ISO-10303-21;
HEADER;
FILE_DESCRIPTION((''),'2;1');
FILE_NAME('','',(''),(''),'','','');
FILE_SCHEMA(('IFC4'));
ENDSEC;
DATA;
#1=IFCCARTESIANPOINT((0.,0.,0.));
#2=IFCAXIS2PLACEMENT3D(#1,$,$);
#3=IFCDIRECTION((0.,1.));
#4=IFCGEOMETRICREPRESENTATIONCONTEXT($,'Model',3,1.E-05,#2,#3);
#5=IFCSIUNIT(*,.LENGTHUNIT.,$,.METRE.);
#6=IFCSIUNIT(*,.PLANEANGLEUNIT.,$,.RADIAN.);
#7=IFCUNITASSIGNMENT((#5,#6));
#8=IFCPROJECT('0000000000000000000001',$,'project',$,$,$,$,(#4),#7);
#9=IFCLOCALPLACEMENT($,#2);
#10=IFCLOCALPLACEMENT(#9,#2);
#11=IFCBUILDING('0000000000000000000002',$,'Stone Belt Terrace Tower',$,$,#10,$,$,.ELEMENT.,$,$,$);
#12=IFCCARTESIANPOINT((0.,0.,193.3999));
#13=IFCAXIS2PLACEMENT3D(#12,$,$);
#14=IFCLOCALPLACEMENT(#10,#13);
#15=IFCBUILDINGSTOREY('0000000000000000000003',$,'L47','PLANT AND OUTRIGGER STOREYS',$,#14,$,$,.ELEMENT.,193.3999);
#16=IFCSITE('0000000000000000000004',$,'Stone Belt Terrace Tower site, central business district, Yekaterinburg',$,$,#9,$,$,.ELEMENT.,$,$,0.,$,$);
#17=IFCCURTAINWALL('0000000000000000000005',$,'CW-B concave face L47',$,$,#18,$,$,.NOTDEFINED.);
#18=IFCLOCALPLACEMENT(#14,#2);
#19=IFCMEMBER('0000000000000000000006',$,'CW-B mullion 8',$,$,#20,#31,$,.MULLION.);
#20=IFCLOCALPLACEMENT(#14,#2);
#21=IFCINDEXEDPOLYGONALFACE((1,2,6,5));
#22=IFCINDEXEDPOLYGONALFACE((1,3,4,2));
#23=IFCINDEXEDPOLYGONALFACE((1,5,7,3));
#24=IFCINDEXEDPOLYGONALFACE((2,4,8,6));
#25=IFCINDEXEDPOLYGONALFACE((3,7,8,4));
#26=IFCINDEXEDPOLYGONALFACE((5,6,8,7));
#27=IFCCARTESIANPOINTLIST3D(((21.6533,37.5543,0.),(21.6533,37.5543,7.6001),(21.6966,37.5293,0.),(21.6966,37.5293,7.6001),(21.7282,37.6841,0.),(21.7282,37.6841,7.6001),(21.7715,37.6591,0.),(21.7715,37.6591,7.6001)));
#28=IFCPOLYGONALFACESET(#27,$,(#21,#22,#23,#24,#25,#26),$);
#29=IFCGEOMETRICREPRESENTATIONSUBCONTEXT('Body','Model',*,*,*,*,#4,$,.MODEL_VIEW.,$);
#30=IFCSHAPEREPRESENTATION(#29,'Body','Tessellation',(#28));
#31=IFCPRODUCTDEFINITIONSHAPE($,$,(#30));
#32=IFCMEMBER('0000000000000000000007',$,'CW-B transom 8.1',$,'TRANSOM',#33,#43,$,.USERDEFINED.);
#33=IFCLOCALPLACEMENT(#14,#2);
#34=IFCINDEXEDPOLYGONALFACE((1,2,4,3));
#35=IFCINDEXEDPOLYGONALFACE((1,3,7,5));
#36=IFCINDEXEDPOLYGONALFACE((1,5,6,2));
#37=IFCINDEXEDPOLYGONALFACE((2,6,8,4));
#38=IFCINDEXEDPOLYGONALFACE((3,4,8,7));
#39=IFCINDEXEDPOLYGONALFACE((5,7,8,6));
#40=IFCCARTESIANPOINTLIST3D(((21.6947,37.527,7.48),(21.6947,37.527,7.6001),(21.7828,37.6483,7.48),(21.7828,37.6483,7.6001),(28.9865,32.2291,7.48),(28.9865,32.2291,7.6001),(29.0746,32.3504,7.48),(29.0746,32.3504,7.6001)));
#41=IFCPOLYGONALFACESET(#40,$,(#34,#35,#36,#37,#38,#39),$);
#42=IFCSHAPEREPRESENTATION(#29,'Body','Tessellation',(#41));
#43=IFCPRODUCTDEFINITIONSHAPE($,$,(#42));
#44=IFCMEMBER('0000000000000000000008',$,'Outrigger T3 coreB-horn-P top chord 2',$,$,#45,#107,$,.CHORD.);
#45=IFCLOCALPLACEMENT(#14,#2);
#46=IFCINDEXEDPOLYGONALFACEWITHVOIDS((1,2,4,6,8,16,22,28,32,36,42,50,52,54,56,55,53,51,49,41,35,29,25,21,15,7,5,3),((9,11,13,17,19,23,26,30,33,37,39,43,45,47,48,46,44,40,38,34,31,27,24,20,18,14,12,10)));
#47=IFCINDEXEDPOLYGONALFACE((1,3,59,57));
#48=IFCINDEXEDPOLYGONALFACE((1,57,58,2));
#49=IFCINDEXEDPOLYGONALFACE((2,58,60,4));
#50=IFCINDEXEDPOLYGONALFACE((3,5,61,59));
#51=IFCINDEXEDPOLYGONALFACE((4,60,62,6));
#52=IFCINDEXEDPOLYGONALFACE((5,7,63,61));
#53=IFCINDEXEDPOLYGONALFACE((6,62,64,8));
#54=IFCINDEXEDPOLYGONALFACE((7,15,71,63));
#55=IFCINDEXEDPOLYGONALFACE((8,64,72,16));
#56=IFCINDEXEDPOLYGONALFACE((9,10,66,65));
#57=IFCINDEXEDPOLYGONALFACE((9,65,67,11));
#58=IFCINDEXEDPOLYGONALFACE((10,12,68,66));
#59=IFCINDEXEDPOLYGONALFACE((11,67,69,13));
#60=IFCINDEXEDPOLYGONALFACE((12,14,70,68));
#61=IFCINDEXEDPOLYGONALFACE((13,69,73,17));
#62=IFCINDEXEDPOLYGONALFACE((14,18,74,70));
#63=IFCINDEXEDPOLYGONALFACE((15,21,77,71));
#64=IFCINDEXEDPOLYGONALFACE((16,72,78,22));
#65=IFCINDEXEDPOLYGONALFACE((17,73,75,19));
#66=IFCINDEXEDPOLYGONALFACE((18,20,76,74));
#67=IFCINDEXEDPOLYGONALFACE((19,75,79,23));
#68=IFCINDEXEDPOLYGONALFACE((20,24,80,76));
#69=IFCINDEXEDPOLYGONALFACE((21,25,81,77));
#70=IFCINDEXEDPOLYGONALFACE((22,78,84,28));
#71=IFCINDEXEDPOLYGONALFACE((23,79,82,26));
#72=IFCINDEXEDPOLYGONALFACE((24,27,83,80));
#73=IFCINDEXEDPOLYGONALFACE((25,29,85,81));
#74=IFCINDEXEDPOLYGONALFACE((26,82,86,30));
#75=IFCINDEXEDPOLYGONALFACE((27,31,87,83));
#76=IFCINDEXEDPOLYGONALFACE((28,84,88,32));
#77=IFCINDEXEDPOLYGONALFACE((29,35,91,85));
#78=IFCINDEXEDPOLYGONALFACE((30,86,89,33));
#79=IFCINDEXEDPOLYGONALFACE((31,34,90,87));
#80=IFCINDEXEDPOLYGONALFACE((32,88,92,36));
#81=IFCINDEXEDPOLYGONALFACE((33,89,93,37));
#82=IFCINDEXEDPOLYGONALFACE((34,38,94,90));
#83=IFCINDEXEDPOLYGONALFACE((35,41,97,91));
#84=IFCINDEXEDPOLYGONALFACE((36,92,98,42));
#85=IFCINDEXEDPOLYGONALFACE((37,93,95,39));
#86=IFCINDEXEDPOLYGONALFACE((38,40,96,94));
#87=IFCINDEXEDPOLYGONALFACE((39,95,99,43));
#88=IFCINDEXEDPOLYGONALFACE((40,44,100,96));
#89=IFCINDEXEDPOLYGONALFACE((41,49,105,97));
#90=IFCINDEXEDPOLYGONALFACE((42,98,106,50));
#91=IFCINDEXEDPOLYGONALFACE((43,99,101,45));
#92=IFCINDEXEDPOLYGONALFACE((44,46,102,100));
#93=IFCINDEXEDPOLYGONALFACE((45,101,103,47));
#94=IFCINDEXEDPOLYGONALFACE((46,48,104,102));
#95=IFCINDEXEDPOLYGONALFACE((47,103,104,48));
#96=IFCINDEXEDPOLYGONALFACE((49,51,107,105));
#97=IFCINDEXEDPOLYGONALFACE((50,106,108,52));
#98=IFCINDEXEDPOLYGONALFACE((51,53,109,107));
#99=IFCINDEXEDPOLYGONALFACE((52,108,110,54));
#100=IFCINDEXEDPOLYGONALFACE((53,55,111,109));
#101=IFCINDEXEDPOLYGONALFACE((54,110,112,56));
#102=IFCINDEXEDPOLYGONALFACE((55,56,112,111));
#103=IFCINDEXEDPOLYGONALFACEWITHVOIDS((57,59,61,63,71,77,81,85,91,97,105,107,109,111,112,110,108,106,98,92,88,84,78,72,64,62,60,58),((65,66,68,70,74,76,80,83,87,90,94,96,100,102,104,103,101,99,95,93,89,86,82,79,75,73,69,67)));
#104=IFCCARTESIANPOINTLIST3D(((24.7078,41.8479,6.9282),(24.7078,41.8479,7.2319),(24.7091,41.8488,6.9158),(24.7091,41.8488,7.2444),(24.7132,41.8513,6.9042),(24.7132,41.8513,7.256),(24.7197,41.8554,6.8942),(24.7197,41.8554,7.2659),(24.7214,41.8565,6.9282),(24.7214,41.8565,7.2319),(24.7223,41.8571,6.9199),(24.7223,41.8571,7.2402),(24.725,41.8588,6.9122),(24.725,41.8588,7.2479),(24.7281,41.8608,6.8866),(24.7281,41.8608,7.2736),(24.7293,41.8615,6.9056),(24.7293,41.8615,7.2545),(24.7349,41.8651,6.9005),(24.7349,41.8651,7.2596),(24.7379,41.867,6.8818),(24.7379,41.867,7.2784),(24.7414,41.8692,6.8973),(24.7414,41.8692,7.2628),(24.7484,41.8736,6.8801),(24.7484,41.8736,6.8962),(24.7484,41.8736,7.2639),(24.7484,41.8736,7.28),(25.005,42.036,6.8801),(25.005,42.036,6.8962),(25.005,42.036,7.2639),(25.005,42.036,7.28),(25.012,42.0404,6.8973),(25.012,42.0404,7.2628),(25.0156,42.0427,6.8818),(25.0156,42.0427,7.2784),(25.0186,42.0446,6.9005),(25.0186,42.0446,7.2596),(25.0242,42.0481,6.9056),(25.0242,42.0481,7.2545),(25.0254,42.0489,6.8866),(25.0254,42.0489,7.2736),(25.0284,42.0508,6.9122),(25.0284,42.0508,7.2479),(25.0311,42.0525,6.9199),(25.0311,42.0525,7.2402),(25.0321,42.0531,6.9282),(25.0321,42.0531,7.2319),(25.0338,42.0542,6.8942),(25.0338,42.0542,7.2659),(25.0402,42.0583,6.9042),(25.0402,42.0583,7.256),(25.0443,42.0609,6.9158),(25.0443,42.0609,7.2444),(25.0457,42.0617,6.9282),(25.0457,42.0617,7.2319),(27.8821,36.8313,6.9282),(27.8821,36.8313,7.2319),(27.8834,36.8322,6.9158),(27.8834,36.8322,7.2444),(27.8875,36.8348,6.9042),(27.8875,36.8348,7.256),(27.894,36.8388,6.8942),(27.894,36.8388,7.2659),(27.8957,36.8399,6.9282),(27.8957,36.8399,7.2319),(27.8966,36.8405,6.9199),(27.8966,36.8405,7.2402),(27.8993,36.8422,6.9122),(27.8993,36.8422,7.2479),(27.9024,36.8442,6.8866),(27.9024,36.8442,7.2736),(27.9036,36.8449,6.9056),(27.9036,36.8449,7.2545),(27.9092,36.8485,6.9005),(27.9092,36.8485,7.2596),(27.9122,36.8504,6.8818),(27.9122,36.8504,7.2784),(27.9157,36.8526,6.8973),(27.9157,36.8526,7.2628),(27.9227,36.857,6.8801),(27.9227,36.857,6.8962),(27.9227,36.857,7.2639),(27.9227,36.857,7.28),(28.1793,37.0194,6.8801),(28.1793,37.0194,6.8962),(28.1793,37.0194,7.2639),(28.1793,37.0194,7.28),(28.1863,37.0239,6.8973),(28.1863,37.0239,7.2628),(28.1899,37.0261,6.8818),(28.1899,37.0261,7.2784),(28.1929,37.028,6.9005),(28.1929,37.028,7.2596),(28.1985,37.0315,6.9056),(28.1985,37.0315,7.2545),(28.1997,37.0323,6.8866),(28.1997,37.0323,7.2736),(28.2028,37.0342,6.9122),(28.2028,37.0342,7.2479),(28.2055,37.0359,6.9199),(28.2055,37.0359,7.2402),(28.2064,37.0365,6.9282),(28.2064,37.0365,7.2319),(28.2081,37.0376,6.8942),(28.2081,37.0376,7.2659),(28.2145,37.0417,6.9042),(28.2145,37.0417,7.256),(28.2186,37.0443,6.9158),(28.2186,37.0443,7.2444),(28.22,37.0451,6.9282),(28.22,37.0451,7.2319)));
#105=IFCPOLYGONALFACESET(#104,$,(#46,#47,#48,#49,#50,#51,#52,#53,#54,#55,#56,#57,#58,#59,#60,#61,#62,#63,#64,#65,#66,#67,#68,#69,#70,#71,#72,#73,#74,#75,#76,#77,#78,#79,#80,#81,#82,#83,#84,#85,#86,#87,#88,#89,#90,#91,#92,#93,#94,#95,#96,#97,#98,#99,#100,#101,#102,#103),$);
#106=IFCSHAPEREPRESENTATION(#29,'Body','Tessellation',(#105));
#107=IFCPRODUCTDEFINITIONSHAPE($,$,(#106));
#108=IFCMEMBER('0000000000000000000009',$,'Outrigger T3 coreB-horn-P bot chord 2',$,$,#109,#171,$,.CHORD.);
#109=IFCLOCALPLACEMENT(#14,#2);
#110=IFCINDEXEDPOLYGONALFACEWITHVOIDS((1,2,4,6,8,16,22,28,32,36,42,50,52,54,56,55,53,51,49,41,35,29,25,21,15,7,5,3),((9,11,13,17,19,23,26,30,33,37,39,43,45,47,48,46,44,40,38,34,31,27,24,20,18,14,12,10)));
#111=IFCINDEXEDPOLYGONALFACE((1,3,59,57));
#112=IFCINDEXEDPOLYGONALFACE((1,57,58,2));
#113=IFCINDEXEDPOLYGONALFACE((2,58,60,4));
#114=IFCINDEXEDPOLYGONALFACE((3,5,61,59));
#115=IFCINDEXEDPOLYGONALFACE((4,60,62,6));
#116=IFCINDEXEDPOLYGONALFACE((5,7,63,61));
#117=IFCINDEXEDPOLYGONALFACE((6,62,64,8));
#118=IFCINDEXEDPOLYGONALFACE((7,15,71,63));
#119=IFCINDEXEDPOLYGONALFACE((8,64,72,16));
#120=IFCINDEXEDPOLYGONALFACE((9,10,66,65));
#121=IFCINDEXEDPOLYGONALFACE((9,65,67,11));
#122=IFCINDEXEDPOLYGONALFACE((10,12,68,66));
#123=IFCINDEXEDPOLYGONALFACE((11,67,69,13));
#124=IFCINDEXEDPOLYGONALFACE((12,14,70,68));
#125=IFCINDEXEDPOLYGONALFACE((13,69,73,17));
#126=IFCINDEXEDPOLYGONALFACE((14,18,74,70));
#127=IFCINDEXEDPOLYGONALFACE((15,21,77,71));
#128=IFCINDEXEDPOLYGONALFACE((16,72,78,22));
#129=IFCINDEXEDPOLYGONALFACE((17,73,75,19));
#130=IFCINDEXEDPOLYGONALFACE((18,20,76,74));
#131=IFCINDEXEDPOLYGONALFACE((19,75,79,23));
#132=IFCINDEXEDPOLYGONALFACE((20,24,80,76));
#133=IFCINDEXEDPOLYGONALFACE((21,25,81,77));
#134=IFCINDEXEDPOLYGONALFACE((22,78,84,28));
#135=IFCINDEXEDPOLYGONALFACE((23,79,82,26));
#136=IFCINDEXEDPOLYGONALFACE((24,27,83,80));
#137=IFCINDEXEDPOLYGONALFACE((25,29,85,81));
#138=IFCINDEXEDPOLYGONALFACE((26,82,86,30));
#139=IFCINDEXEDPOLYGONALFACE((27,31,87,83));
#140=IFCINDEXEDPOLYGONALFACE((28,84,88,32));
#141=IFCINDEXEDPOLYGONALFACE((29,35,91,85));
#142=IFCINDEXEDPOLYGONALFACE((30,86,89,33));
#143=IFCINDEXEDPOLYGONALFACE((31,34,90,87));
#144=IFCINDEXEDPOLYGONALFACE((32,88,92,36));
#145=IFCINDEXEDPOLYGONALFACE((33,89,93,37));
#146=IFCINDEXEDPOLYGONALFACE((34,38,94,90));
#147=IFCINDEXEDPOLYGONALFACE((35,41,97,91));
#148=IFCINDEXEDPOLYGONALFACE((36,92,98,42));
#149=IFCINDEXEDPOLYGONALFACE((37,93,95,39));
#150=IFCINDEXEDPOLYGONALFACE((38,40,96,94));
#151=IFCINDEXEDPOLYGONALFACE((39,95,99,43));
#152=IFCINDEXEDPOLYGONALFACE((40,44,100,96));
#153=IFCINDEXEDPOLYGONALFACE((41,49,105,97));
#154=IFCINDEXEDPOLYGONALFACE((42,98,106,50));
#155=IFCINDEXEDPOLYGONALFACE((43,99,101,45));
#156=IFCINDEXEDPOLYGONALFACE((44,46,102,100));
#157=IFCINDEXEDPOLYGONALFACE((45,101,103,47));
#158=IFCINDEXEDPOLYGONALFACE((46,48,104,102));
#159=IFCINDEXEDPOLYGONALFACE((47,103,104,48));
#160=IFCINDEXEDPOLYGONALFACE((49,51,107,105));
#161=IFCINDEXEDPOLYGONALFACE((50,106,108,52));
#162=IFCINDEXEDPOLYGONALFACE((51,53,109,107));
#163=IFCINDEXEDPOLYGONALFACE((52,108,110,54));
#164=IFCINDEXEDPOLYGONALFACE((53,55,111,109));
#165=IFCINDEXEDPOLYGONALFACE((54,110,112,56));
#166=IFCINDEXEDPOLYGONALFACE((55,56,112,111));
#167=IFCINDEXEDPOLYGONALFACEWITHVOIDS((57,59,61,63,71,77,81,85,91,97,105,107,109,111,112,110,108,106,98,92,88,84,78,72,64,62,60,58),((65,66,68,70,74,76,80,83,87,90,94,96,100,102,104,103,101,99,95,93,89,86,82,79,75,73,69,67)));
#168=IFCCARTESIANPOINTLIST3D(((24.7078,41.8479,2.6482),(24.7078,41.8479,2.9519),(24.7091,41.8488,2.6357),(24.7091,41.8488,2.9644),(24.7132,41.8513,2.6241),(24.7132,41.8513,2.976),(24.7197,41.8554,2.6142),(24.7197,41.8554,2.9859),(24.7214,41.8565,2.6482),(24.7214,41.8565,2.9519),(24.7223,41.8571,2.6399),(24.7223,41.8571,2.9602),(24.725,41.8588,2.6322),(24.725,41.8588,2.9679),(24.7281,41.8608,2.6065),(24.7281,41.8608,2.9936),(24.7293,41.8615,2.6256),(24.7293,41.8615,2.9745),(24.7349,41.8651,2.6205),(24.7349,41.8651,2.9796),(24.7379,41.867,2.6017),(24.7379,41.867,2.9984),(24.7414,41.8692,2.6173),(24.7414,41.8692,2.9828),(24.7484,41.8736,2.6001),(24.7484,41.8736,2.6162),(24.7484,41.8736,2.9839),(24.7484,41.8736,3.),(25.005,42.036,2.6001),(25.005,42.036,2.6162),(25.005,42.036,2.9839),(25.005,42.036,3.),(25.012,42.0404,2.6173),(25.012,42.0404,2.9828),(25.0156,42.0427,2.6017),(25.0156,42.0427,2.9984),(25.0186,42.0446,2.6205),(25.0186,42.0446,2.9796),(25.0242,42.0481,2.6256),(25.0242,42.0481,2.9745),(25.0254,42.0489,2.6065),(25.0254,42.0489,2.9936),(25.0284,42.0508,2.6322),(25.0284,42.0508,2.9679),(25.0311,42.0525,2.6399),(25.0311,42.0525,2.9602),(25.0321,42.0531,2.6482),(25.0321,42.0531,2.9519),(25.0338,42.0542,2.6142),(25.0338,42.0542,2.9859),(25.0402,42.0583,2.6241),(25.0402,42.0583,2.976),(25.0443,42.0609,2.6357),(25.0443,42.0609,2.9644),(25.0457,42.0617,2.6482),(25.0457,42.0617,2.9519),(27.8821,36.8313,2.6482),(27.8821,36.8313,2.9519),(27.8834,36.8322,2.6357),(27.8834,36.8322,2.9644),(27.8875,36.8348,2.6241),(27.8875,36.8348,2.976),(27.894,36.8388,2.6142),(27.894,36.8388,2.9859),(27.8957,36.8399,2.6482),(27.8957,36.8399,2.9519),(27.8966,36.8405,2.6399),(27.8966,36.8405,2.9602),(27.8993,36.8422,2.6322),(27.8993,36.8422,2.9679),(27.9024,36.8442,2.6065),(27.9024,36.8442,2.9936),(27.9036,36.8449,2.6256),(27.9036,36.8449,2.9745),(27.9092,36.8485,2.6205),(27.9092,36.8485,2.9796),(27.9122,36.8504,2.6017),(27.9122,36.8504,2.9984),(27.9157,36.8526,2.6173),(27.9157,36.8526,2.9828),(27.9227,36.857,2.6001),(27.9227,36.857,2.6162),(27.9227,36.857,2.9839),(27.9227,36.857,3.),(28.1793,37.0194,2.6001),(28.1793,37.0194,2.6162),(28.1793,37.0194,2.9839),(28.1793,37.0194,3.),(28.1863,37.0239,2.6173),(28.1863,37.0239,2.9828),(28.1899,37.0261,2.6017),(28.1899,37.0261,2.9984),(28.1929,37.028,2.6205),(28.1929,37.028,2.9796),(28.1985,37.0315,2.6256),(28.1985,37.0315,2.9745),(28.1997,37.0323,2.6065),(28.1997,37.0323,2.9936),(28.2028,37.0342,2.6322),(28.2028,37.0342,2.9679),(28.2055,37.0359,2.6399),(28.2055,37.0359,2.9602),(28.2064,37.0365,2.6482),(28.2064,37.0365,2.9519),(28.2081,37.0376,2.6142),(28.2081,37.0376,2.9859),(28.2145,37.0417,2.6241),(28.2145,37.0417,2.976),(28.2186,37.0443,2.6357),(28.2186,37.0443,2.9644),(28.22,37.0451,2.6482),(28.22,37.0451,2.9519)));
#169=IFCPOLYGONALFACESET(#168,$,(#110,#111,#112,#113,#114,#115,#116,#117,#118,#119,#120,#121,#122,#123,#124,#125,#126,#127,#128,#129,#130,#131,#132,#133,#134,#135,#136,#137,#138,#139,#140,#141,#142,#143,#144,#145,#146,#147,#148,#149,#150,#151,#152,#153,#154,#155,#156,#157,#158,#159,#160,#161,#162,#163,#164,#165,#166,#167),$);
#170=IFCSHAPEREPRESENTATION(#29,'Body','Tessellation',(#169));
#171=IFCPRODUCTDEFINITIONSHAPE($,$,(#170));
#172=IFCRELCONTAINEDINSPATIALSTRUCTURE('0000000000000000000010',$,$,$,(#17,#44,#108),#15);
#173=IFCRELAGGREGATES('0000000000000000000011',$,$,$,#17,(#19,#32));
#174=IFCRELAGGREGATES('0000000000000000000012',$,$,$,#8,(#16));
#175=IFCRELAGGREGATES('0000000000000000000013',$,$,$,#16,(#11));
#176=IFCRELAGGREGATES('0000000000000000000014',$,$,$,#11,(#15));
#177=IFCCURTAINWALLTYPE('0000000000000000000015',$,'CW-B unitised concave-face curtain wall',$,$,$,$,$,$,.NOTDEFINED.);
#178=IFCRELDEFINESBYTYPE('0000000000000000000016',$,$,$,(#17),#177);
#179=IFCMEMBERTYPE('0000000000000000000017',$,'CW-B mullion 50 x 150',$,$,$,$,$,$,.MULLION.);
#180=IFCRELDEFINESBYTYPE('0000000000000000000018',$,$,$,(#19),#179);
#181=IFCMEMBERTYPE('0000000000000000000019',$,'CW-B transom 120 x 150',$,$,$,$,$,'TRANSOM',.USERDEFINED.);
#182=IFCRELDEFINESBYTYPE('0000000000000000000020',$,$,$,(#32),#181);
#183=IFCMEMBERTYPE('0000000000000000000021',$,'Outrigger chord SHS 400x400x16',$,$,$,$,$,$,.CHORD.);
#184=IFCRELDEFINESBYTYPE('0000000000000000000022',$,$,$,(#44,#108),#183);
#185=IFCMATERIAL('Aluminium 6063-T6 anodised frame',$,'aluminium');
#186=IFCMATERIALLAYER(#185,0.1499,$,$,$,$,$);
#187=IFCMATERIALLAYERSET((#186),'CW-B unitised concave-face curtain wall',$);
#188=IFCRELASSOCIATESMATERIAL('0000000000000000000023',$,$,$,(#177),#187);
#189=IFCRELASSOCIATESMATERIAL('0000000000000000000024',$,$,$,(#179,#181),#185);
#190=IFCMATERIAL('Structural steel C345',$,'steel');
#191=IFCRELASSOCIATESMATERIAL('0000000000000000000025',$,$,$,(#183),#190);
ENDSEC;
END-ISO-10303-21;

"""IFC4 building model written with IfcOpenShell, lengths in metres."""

from ifc_helpers import new_model, si_unit, direction, frame, origin, origin_2d, place, context, subcontext, project, spatial, rectangle, hollow_rectangle, extrude, material, layer, layer_set, material_profile, profile_set, type_object, element, aggregate, save


model = new_model("IFC4")

# Units and contexts
model_context = context("Model", 3, precision=1e-05, world=origin(), true_north=direction((0.0, 1.0)))
body_context = subcontext(model_context, "Body", "Model", "MODEL_VIEW")
ifc_project = project(units=[si_unit("LENGTHUNIT", "METRE"), si_unit("PLANEANGLEUNIT", "RADIAN")], contexts=[model_context])

# Site, building, storey
site_placement = place(None, origin())
site = spatial("IfcSite", under=ifc_project, at=site_placement, Name="Stone Belt Terrace Tower site, central business district, Yekaterinburg", CompositionType="ELEMENT", RefElevation=0.0)
building_placement = place(site_placement, origin())
building = spatial("IfcBuilding", under=site, at=building_placement, Name="Stone Belt Terrace Tower", CompositionType="ELEMENT")
storey_placement = place(building_placement, frame((0.0, 0.0, 193.3999)))
storey = spatial("IfcBuildingStorey", under=building, at=storey_placement, Name="L47", Description="PLANT AND OUTRIGGER STOREYS", CompositionType="ELEMENT", Elevation=193.3999)

# Curtain wall, members
ifc_material_1 = material(Name="Aluminium 6063-T6 anodised frame", Category="aluminium")
ifc_layer_1 = layer(ifc_material_1, 0.1499)
ifc_layer_set_1 = layer_set([ifc_layer_1], Name="CW-B unitised concave-face curtain wall")
curtain_wall_type = type_object("IfcCurtainWallType", Name="CW-B unitised concave-face curtain wall", PredefinedType="NOTDEFINED", material=ifc_layer_set_1)
curtain_wall_placement = place(storey_placement, origin())
curtain_wall = element("IfcCurtainWall", 1, at=curtain_wall_placement, inside=storey, type_object=curtain_wall_type, Name="CW-B concave face L47", PredefinedType="NOTDEFINED")
ifc_material_profile_1 = material_profile(ifc_material_1, rectangle(XDim=0.1499, YDim=0.05, at=origin_2d()), Name="Aluminium 6063-T6 50x150")
ifc_profile_set_1 = profile_set([ifc_material_profile_1], Name="Aluminium 6063-T6 anodised frame")
member_type_1 = type_object("IfcMemberType", Name="CW-B mullion 50 x 150", PredefinedType="MULLION", material=ifc_profile_set_1)
member_1_placement = place(storey_placement, frame((21.7124, 37.6067, 0.0), z_axis=(0.0, 0.0, 1.0), x_axis=(0.5, 0.866025, 0.0)))
member_1 = element("IfcMember", 2, at=member_1_placement, type_object=member_type_1, Name="CW-B mullion 8", PredefinedType="MULLION", context=body_context, shape_type="SweptSolid", body=[
    extrude(rectangle(XDim=0.1499, YDim=0.05, at=origin_2d()), origin(), (0.0, 0.0, 1.0), 7.6001),
])
ifc_material_profile_2 = material_profile(ifc_material_1, rectangle(XDim=0.1499, YDim=0.1201, at=origin_2d()), Name="Aluminium 6063-T6 150x120")
ifc_profile_set_2 = profile_set([ifc_material_profile_2], Name="Aluminium 6063-T6 anodised frame")
member_type_2 = type_object("IfcMemberType", Name="CW-B transom 120 x 150", ElementType="TRANSOM", PredefinedType="USERDEFINED", material=ifc_profile_set_2)
member_2_placement = place(storey_placement, frame((21.7388, 37.5876, 7.54), z_axis=(0.809012, -0.587792, 0.0), x_axis=(0.587792, 0.809012, 0.0)))
member_2 = element("IfcMember", 3, at=member_2_placement, type_object=member_type_2, Name="CW-B transom 8.1", ObjectType="TRANSOM", PredefinedType="USERDEFINED", context=body_context, shape_type="SweptSolid", body=[
    extrude(rectangle(XDim=0.1499, YDim=0.1201, at=origin_2d()), origin(), (0.0, 0.0, 1.0), 9.0132),
])
aggregate(curtain_wall, [member_1, member_2])

# Members
ifc_material_2 = material(Name="Structural steel C345", Category="steel")
ifc_material_profile_3 = material_profile(ifc_material_2, hollow_rectangle(XDim=0.3999, YDim=0.3999, WallThickness=0.0161, InnerFilletRadius=0.032, OuterFilletRadius=0.0481, at=origin_2d()), Name="SHS 400x400x16")
ifc_profile_set_3 = profile_set([ifc_material_profile_3], Name="Structural steel C345")
member_type_3 = type_object("IfcMemberType", Name="Outrigger chord SHS 400x400x16", PredefinedType="CHORD", material=ifc_profile_set_3)
for number, where, z_axis, x_axis, name in (
    (4, (28.051, 36.9382, 7.0801), (-0.534708, 0.845037, 0.0), (-0.845037, -0.534708, 0.0), "Outrigger T3 coreB-horn-P top chord 2"),
    (5, (28.051, 36.9382, 2.8), (-0.534708, 0.845037, 0.0), (-0.845037, -0.534708, 0.0), "Outrigger T3 coreB-horn-P bot chord 2"),
):
    element("IfcMember", number, at=place(storey_placement, frame(where, z_axis=z_axis, x_axis=x_axis)), inside=storey, type_object=member_type_3, Name=name, PredefinedType="CHORD", context=body_context, shape_type="SweptSolid", body=[
        extrude(hollow_rectangle(XDim=0.3999, YDim=0.3999, WallThickness=0.0161, InnerFilletRadius=0.032, OuterFilletRadius=0.0481, at=origin_2d()), origin(), (0.0, 0.0, 1.0), 5.9365),
    ])

save(model, "model.ifc")
